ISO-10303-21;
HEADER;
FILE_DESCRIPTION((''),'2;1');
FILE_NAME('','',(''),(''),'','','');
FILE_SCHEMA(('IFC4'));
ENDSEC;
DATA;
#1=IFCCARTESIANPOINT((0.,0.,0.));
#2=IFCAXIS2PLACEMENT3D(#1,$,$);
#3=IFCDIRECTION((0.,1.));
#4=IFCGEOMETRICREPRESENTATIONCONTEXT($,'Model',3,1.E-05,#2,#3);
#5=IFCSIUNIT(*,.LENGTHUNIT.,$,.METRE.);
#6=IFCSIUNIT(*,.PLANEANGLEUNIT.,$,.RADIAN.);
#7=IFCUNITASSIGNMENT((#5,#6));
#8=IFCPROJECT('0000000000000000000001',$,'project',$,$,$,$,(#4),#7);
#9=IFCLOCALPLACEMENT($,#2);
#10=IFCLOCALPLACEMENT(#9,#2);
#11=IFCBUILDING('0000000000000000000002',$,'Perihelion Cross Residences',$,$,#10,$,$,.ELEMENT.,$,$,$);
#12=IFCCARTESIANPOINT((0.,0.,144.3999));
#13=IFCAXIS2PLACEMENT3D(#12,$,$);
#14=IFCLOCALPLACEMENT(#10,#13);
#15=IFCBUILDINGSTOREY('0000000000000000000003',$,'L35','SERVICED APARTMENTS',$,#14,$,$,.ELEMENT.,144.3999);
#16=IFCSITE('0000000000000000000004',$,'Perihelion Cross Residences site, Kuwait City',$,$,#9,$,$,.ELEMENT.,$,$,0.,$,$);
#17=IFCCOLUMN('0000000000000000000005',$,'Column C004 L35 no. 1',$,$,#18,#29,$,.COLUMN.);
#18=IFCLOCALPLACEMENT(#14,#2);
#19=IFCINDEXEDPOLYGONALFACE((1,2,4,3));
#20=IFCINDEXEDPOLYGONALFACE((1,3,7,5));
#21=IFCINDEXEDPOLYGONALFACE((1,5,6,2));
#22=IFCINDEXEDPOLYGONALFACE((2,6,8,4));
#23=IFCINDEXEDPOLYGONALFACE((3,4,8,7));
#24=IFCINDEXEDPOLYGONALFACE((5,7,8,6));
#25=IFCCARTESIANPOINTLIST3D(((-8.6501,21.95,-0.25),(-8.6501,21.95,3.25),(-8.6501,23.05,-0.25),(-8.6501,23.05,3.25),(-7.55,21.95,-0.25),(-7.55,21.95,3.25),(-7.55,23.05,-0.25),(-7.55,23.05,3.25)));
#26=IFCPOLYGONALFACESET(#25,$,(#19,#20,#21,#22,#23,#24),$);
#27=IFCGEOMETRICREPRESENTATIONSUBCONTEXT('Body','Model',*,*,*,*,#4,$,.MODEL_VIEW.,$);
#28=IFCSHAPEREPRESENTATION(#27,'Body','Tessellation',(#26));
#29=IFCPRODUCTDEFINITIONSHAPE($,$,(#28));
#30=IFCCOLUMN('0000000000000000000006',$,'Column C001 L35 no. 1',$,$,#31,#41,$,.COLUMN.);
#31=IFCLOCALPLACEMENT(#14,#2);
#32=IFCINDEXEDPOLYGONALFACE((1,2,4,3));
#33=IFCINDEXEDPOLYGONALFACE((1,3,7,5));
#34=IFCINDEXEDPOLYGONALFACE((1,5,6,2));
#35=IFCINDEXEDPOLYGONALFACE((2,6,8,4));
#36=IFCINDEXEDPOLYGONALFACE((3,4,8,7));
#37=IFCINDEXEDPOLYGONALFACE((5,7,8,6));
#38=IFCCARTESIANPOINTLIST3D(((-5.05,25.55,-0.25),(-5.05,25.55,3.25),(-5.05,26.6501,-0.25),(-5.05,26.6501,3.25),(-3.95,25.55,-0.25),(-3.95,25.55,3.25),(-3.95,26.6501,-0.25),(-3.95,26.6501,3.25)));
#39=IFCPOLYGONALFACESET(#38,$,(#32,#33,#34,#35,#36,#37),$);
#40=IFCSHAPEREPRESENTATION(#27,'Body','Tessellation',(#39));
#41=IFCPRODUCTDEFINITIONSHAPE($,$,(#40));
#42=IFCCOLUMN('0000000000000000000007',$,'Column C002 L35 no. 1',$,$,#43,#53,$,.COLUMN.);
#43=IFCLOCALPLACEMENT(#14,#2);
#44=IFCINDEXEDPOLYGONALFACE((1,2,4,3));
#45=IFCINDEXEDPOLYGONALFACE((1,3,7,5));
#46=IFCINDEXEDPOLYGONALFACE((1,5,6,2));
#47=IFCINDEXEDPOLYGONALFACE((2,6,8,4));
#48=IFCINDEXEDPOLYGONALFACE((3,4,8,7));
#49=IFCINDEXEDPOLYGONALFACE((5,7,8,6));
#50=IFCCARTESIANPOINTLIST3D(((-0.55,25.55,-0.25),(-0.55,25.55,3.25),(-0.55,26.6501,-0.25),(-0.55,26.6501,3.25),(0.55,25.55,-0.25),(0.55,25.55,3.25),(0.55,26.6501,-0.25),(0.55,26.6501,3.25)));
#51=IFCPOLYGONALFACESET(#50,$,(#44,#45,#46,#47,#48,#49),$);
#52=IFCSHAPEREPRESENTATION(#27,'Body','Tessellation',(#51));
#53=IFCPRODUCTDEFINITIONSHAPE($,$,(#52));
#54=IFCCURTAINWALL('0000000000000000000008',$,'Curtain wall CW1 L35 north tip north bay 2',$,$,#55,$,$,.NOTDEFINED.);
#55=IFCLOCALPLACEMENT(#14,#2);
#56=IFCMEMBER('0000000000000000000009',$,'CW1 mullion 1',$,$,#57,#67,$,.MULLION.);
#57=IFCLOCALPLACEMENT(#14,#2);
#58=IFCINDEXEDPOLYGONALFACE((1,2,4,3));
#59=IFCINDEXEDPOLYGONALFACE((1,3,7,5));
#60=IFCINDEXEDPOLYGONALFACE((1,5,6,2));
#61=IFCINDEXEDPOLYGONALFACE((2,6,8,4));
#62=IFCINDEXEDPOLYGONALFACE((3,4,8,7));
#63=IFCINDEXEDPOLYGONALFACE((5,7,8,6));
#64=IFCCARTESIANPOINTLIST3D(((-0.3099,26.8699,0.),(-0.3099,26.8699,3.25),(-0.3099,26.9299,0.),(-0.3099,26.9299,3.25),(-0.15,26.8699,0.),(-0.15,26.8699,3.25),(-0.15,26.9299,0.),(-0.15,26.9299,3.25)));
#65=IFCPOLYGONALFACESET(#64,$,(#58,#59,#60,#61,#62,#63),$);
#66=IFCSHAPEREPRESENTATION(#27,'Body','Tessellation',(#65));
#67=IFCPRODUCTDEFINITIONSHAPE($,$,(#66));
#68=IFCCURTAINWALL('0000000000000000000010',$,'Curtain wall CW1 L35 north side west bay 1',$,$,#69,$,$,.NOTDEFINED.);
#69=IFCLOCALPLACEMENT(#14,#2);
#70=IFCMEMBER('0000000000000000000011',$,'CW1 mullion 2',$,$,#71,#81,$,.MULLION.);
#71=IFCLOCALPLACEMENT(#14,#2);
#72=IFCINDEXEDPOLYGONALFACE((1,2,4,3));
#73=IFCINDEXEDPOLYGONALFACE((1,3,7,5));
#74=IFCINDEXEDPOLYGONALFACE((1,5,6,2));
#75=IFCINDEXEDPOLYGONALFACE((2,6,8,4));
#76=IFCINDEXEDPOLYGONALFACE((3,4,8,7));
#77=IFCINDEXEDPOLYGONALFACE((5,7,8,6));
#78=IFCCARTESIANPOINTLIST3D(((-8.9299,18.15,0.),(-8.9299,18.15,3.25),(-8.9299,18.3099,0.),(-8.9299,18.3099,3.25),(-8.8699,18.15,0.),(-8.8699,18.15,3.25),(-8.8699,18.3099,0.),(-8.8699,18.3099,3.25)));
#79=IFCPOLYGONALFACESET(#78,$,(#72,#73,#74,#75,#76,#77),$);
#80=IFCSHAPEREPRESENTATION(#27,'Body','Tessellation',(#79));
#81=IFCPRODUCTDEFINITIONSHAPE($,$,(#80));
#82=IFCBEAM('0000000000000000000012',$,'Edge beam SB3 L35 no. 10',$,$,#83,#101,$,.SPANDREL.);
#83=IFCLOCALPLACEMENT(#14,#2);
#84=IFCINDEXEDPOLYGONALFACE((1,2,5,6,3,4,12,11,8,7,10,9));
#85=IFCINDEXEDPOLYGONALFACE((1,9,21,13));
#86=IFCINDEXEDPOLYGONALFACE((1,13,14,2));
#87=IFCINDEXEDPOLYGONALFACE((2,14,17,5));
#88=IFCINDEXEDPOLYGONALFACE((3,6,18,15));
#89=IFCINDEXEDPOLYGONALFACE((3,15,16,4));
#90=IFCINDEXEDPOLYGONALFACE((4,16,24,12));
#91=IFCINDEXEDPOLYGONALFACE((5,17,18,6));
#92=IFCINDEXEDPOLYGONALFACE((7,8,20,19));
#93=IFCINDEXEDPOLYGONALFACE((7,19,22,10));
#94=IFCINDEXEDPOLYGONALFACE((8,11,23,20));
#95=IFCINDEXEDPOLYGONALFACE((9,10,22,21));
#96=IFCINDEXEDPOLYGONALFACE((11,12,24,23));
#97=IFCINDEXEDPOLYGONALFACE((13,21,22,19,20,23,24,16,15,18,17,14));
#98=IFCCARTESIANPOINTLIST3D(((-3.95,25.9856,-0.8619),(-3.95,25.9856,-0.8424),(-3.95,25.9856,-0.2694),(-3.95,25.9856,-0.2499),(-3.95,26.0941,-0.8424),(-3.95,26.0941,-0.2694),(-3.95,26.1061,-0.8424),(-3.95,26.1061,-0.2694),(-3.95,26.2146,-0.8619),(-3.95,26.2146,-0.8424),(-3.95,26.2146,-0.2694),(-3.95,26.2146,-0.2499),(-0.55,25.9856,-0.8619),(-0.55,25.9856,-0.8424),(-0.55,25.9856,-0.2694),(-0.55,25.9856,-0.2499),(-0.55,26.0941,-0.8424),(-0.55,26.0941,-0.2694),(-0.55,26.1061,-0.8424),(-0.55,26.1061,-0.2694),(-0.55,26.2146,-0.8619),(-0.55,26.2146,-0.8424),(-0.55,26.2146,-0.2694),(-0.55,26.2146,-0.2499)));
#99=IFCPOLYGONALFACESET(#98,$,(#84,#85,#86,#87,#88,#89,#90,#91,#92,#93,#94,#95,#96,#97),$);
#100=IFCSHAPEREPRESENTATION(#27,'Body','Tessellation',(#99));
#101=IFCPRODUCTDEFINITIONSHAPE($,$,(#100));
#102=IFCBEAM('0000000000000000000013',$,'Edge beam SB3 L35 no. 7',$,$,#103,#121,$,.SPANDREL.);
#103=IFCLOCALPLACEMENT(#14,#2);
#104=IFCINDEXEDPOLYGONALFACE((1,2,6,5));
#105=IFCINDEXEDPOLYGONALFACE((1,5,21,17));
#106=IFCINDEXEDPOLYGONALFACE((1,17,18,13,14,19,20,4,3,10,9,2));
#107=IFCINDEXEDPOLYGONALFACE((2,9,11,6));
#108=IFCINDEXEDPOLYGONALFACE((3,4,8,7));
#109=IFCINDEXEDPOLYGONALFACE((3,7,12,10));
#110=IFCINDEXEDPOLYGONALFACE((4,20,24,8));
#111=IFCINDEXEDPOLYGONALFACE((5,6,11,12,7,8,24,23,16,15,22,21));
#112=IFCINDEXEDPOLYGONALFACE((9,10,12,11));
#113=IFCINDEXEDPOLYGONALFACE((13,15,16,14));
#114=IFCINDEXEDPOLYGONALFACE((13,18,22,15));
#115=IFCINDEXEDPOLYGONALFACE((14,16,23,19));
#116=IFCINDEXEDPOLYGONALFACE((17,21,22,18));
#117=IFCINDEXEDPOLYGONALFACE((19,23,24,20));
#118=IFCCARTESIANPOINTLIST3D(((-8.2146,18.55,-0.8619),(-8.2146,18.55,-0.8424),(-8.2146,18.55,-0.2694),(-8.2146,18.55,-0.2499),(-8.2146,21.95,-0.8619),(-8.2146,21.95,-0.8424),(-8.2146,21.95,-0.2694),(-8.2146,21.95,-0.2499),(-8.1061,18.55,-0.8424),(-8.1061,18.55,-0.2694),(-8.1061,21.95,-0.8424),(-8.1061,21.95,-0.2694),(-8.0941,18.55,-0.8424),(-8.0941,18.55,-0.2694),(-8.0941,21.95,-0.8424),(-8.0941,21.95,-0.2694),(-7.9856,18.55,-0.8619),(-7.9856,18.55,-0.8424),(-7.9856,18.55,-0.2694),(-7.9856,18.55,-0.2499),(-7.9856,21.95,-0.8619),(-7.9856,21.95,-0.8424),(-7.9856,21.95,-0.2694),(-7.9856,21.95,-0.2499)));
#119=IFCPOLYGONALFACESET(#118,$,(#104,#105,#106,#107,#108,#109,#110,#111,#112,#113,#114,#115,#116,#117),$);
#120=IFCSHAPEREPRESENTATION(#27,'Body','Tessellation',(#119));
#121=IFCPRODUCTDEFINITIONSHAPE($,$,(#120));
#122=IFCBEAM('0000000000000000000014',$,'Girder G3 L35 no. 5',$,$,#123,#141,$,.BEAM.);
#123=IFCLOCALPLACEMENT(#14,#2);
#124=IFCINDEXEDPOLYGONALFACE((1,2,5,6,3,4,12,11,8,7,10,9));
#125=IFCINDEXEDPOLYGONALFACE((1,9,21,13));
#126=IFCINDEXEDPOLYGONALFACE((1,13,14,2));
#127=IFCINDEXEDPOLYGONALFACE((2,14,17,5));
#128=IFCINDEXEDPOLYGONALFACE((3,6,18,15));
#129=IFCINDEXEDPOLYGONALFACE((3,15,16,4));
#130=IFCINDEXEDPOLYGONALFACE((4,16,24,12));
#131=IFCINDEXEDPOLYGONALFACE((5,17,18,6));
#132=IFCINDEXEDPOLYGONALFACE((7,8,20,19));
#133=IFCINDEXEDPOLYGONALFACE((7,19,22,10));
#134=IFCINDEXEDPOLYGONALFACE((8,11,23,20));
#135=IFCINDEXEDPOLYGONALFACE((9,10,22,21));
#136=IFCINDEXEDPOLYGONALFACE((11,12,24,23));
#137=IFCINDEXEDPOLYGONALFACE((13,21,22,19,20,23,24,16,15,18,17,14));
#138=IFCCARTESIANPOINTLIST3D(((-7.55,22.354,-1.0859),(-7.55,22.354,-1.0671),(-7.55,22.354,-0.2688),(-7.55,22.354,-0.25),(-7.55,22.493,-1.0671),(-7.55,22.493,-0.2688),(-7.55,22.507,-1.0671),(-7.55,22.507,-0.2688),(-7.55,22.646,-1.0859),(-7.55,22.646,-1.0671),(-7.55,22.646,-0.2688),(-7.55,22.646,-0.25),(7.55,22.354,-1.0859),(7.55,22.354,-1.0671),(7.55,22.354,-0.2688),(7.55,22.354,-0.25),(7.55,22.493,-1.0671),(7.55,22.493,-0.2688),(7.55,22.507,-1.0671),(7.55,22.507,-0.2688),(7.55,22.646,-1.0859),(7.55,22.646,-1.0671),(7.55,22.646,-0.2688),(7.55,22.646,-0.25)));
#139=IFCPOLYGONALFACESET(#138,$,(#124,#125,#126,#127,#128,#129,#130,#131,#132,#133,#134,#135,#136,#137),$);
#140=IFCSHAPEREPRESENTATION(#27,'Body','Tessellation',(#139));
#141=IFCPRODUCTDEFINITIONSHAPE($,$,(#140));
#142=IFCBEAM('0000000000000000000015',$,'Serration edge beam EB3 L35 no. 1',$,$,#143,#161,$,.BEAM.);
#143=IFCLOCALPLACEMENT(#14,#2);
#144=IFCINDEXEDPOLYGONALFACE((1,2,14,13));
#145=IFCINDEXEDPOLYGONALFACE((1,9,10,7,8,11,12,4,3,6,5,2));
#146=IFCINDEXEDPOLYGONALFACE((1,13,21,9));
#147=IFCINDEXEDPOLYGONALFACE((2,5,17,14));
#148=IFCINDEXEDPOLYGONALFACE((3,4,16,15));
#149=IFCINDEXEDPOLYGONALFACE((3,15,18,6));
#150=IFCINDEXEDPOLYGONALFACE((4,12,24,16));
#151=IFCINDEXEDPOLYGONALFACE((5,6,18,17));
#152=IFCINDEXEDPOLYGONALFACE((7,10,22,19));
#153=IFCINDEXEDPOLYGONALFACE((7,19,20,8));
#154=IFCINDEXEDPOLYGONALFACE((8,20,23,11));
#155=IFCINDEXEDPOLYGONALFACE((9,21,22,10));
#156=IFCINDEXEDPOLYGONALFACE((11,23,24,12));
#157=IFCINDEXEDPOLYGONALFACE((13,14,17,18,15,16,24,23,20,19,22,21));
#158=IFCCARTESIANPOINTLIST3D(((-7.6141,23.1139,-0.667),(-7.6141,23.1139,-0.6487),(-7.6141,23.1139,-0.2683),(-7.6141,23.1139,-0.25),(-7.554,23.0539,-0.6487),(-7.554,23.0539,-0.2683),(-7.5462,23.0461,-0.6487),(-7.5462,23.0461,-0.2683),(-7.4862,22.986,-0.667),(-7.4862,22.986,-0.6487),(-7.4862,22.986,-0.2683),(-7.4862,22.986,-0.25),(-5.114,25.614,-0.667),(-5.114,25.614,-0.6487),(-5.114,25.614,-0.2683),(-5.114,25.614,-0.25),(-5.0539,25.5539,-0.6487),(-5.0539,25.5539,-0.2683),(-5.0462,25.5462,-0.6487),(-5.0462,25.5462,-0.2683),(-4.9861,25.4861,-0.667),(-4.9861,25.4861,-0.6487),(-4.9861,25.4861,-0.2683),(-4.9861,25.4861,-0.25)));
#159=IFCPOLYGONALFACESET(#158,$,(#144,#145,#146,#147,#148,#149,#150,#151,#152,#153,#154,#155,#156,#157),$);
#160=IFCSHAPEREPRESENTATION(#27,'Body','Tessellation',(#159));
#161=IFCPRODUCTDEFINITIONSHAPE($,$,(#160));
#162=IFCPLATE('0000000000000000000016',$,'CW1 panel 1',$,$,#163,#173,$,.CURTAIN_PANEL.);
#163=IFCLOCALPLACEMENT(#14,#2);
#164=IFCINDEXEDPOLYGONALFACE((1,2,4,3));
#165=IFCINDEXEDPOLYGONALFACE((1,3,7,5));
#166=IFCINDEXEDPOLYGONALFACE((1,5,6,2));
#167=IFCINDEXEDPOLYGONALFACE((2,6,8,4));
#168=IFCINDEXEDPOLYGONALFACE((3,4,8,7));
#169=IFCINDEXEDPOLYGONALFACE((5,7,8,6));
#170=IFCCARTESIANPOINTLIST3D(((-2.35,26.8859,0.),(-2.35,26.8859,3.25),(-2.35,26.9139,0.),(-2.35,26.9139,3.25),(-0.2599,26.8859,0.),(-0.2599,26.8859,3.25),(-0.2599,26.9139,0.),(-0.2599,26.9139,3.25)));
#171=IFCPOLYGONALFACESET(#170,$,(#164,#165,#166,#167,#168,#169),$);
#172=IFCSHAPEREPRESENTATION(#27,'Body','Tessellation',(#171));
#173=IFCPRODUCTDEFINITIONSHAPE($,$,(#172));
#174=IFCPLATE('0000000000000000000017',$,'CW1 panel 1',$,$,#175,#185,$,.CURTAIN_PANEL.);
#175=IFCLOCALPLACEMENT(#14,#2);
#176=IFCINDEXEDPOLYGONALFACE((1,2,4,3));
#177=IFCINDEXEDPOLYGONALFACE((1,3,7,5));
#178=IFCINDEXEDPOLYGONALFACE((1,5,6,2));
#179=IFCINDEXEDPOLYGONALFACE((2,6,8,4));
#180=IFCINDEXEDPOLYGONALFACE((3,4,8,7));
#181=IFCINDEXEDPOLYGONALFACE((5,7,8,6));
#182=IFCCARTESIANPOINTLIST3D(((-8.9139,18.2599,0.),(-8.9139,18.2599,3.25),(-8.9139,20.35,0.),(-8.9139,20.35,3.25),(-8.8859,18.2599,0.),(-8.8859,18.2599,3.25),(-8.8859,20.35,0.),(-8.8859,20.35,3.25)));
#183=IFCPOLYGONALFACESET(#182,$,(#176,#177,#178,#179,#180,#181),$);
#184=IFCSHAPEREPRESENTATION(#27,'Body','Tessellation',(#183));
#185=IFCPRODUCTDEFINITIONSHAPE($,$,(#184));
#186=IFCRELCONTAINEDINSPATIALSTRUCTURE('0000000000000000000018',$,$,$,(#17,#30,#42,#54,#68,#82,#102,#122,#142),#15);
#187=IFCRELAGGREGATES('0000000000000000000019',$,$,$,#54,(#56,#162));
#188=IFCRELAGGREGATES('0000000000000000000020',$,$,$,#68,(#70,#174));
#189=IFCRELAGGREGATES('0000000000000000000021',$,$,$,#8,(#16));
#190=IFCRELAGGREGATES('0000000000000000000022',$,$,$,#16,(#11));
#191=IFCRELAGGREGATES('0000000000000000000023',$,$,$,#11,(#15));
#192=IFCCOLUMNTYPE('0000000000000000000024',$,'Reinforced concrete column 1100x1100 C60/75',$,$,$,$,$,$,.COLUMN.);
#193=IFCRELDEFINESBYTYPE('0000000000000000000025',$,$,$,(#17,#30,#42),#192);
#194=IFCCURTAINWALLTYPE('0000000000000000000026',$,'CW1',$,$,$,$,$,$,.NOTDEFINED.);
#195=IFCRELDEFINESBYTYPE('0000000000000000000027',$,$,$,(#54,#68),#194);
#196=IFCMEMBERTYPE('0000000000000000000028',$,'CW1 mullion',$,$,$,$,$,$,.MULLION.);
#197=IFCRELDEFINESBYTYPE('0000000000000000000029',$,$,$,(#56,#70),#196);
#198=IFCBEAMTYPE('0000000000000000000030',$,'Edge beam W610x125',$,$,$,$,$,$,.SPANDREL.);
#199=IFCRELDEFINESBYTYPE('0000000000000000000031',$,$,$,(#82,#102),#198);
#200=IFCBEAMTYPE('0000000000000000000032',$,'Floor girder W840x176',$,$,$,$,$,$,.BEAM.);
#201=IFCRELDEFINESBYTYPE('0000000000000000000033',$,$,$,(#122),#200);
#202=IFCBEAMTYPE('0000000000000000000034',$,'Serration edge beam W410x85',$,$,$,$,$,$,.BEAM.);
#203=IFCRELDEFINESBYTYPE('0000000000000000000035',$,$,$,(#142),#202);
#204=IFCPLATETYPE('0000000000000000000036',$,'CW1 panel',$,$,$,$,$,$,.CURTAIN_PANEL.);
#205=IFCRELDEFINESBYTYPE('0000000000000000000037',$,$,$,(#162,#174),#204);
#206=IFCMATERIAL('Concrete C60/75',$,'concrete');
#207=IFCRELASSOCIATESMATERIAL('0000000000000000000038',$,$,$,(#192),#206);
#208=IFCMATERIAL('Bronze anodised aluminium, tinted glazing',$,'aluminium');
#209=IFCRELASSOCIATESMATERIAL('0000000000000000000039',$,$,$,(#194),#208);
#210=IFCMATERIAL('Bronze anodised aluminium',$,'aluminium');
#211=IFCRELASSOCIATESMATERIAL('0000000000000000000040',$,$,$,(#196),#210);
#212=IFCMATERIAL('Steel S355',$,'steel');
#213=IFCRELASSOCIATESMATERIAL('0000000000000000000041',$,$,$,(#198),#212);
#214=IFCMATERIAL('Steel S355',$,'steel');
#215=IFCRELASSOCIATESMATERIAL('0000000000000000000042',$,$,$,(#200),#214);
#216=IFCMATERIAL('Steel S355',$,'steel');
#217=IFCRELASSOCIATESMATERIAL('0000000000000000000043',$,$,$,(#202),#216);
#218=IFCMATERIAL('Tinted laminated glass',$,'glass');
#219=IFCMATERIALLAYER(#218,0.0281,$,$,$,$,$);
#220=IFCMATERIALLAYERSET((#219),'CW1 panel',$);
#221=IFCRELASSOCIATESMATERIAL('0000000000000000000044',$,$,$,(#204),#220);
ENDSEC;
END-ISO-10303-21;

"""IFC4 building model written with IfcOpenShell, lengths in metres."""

from ifc_helpers import new_model, si_unit, direction, frame, origin, origin_2d, place, context, subcontext, project, spatial, rectangle, i_section, extrude, material, layer, layer_set, material_profile, profile_set, type_object, element, aggregate, save


model = new_model("IFC4")

# Units and contexts
model_context = context("Model", 3, precision=1e-05, world=origin(), true_north=direction((0.0, 1.0)))
body_context = subcontext(model_context, "Body", "Model", "MODEL_VIEW")
ifc_project = project(units=[si_unit("LENGTHUNIT", "METRE"), si_unit("PLANEANGLEUNIT", "RADIAN")], contexts=[model_context])

# Site, building, storey
site_placement = place(None, origin())
site = spatial("IfcSite", under=ifc_project, at=site_placement, Name="Perihelion Cross Residences site, Kuwait City", CompositionType="ELEMENT", RefElevation=0.0)
building_placement = place(site_placement, origin())
building = spatial("IfcBuilding", under=site, at=building_placement, Name="Perihelion Cross Residences", CompositionType="ELEMENT")
storey_placement = place(building_placement, frame((0.0, 0.0, 144.3999)))
storey = spatial("IfcBuildingStorey", under=building, at=storey_placement, Name="L35", Description="SERVICED APARTMENTS", CompositionType="ELEMENT", Elevation=144.3999)

# Columns
ifc_material_1 = material(Name="Concrete C60/75", Category="concrete")
ifc_material_profile_1 = material_profile(ifc_material_1, rectangle(XDim=1.1001, YDim=1.1001, at=origin_2d()), Name="RC 1100x1100")
ifc_profile_set_1 = profile_set([ifc_material_profile_1], Name="Concrete C60/75")
column_type = type_object("IfcColumnType", Name="Reinforced concrete column 1100x1100 C60/75", PredefinedType="COLUMN", material=ifc_profile_set_1)
for number, where, z_axis, x_axis, name in (
    (1, (-8.1001, 22.5, -0.25), (0.0, 0.0, 1.0), (1.0, 0.0, 0.0), "Column C004 L35 no. 1"),
    (2, (-4.5, 26.1001, -0.25), (0.0, 0.0, 1.0), (1.0, 0.0, 0.0), "Column C001 L35 no. 1"),
    (3, (0.0, 26.1001, -0.25), (0.0, 0.0, 1.0), (1.0, 0.0, 0.0), "Column C002 L35 no. 1"),
):
    element("IfcColumn", number, at=place(storey_placement, frame(where, z_axis=z_axis, x_axis=x_axis)), inside=storey, type_object=column_type, Name=name, PredefinedType="COLUMN", context=body_context, shape_type="SweptSolid", body=[
        extrude(rectangle(XDim=1.1001, YDim=1.1001, at=origin_2d()), origin(), (0.0, 0.0, 1.0), 3.5),
    ])

# Curtain walls, members
ifc_material_2 = material(Name="Bronze anodised aluminium, tinted glazing", Category="aluminium")
curtain_wall_type = type_object("IfcCurtainWallType", Name="CW1", PredefinedType="NOTDEFINED", material=ifc_material_2)
curtain_wall_1_placement = place(storey_placement, origin())
curtain_wall_1 = element("IfcCurtainWall", 4, at=curtain_wall_1_placement, inside=storey, type_object=curtain_wall_type, Name="Curtain wall CW1 L35 north tip north bay 2", PredefinedType="NOTDEFINED")
ifc_material_3 = material(Name="Bronze anodised aluminium", Category="aluminium")
ifc_material_profile_2 = material_profile(ifc_material_3, rectangle(XDim=0.0601, YDim=0.1599, at=origin_2d()), Name="CW1 mullion")
ifc_profile_set_2 = profile_set([ifc_material_profile_2], Name="Bronze anodised aluminium")
member_type = type_object("IfcMemberType", Name="CW1 mullion", PredefinedType="MULLION", material=ifc_profile_set_2)
member_1_placement = place(storey_placement, frame((-0.23, 26.8999, 0.0), z_axis=(0.0, 0.0, 1.0), x_axis=(0.0, -1.0, 0.0)))
member_1 = element("IfcMember", 5, at=member_1_placement, type_object=member_type, Name="CW1 mullion 1", PredefinedType="MULLION", context=body_context, shape_type="SweptSolid", body=[
    extrude(rectangle(XDim=0.0601, YDim=0.1599, at=origin_2d()), origin(), (0.0, 0.0, 1.0), 3.25),
])
curtain_wall_2_placement = place(storey_placement, origin())
curtain_wall_2 = element("IfcCurtainWall", 6, at=curtain_wall_2_placement, inside=storey, type_object=curtain_wall_type, Name="Curtain wall CW1 L35 north side west bay 1", PredefinedType="NOTDEFINED")
member_2_placement = place(storey_placement, frame((-8.8999, 18.23, 0.0), z_axis=(0.0, 0.0, 1.0), x_axis=(1.0, 0.0, 0.0)))
member_2 = element("IfcMember", 7, at=member_2_placement, type_object=member_type, Name="CW1 mullion 2", PredefinedType="MULLION", context=body_context, shape_type="SweptSolid", body=[
    extrude(rectangle(XDim=0.0601, YDim=0.1599, at=origin_2d()), origin(), (0.0, 0.0, 1.0), 3.25),
])

# Beams
ifc_material_4 = material(Name="Steel S355", Category="steel")
ifc_material_profile_3 = material_profile(ifc_material_4, i_section(OverallWidth=0.229, OverallDepth=0.6121, WebThickness=0.012, FlangeThickness=0.0195, at=origin_2d()), Name="W610x125")
ifc_profile_set_3 = profile_set([ifc_material_profile_3], Name="Steel S355")
beam_type_1 = type_object("IfcBeamType", Name="Edge beam W610x125", PredefinedType="SPANDREL", material=ifc_profile_set_3)
for number, where, z_axis, x_axis, name in (
    (8, (-0.55, 26.1001, -0.5559), (-1.0, 0.0, 0.0), (0.0, -1.0, 0.0), "Edge beam SB3 L35 no. 10"),
    (9, (-8.1001, 21.95, -0.5559), (0.0, -1.0, 0.0), (1.0, 0.0, 0.0), "Edge beam SB3 L35 no. 7"),
):
    element("IfcBeam", number, at=place(storey_placement, frame(where, z_axis=z_axis, x_axis=x_axis)), inside=storey, type_object=beam_type_1, Name=name, PredefinedType="SPANDREL", context=body_context, shape_type="SweptSolid", body=[
        extrude(i_section(OverallWidth=0.229, OverallDepth=0.6121, WebThickness=0.012, FlangeThickness=0.0195, at=origin_2d()), origin(), (0.0, 0.0, 1.0), 3.3999),
    ])
ifc_material_5 = material(Name="Steel S355", Category="steel")
ifc_material_profile_4 = material_profile(ifc_material_5, i_section(OverallWidth=0.292, OverallDepth=0.8359, WebThickness=0.0139, FlangeThickness=0.0188, at=origin_2d()), Name="W840x176")
ifc_profile_set_4 = profile_set([ifc_material_profile_4], Name="Steel S355")
beam_type_2 = type_object("IfcBeamType", Name="Floor girder W840x176", PredefinedType="BEAM", material=ifc_profile_set_4)
beam_1_placement = place(storey_placement, frame((-7.55, 22.5, -0.668), z_axis=(1.0, 0.0, 0.0), x_axis=(0.0, 1.0, 0.0)))
element("IfcBeam", 10, at=beam_1_placement, inside=storey, type_object=beam_type_2, Name="Girder G3 L35 no. 5", PredefinedType="BEAM", context=body_context, shape_type="SweptSolid", body=[
    extrude(i_section(OverallWidth=0.292, OverallDepth=0.8359, WebThickness=0.0139, FlangeThickness=0.0188, at=origin_2d()), origin(), (0.0, 0.0, 1.0), 15.1001),
])
ifc_material_6 = material(Name="Steel S355", Category="steel")
ifc_material_profile_5 = material_profile(ifc_material_6, i_section(OverallWidth=0.1809, OverallDepth=0.417, WebThickness=0.011, FlangeThickness=0.0183, at=origin_2d()), Name="W410x85")
ifc_profile_set_5 = profile_set([ifc_material_profile_5], Name="Steel S355")
beam_type_3 = type_object("IfcBeamType", Name="Serration edge beam W410x85", PredefinedType="BEAM", material=ifc_profile_set_5)
beam_2_placement = place(storey_placement, frame((-5.05, 25.55, -0.4585), z_axis=(-0.707107, -0.707107, 0.0), x_axis=(0.707107, -0.707107, 0.0)))
element("IfcBeam", 11, at=beam_2_placement, inside=storey, type_object=beam_type_3, Name="Serration edge beam EB3 L35 no. 1", PredefinedType="BEAM", context=body_context, shape_type="SweptSolid", body=[
    extrude(i_section(OverallWidth=0.1809, OverallDepth=0.417, WebThickness=0.011, FlangeThickness=0.0183, at=origin_2d()), origin(), (0.0, 0.0, 1.0), 3.5356),
])

# Plates
ifc_material_7 = material(Name="Tinted laminated glass", Category="glass")
ifc_layer_1 = layer(ifc_material_7, 0.0281)
ifc_layer_set_1 = layer_set([ifc_layer_1], Name="CW1 panel")
plate_type = type_object("IfcPlateType", Name="CW1 panel", PredefinedType="CURTAIN_PANEL", material=ifc_layer_set_1)
plate_1_placement = place(storey_placement, frame((-1.3049, 26.8999, 0.0), z_axis=(0.0, 0.0, 1.0), x_axis=(-1.0, 0.0, 0.0)))
plate_1 = element("IfcPlate", 12, at=plate_1_placement, type_object=plate_type, Name="CW1 panel 1", PredefinedType="CURTAIN_PANEL", context=body_context, shape_type="SweptSolid", body=[
    extrude(rectangle(XDim=2.0901, YDim=0.0281, at=origin_2d()), origin(), (0.0, 0.0, 1.0), 3.25),
])
aggregate(curtain_wall_1, [member_1, plate_1])
plate_2_placement = place(storey_placement, frame((-8.8999, 19.3049, 0.0), z_axis=(0.0, 0.0, 1.0), x_axis=(0.0, -1.0, 0.0)))
plate_2 = element("IfcPlate", 13, at=plate_2_placement, type_object=plate_type, Name="CW1 panel 1", PredefinedType="CURTAIN_PANEL", context=body_context, shape_type="SweptSolid", body=[
    extrude(rectangle(XDim=2.0901, YDim=0.0281, at=origin_2d()), origin(), (0.0, 0.0, 1.0), 3.25),
])
aggregate(curtain_wall_2, [member_2, plate_2])

save(model, "model.ifc")
